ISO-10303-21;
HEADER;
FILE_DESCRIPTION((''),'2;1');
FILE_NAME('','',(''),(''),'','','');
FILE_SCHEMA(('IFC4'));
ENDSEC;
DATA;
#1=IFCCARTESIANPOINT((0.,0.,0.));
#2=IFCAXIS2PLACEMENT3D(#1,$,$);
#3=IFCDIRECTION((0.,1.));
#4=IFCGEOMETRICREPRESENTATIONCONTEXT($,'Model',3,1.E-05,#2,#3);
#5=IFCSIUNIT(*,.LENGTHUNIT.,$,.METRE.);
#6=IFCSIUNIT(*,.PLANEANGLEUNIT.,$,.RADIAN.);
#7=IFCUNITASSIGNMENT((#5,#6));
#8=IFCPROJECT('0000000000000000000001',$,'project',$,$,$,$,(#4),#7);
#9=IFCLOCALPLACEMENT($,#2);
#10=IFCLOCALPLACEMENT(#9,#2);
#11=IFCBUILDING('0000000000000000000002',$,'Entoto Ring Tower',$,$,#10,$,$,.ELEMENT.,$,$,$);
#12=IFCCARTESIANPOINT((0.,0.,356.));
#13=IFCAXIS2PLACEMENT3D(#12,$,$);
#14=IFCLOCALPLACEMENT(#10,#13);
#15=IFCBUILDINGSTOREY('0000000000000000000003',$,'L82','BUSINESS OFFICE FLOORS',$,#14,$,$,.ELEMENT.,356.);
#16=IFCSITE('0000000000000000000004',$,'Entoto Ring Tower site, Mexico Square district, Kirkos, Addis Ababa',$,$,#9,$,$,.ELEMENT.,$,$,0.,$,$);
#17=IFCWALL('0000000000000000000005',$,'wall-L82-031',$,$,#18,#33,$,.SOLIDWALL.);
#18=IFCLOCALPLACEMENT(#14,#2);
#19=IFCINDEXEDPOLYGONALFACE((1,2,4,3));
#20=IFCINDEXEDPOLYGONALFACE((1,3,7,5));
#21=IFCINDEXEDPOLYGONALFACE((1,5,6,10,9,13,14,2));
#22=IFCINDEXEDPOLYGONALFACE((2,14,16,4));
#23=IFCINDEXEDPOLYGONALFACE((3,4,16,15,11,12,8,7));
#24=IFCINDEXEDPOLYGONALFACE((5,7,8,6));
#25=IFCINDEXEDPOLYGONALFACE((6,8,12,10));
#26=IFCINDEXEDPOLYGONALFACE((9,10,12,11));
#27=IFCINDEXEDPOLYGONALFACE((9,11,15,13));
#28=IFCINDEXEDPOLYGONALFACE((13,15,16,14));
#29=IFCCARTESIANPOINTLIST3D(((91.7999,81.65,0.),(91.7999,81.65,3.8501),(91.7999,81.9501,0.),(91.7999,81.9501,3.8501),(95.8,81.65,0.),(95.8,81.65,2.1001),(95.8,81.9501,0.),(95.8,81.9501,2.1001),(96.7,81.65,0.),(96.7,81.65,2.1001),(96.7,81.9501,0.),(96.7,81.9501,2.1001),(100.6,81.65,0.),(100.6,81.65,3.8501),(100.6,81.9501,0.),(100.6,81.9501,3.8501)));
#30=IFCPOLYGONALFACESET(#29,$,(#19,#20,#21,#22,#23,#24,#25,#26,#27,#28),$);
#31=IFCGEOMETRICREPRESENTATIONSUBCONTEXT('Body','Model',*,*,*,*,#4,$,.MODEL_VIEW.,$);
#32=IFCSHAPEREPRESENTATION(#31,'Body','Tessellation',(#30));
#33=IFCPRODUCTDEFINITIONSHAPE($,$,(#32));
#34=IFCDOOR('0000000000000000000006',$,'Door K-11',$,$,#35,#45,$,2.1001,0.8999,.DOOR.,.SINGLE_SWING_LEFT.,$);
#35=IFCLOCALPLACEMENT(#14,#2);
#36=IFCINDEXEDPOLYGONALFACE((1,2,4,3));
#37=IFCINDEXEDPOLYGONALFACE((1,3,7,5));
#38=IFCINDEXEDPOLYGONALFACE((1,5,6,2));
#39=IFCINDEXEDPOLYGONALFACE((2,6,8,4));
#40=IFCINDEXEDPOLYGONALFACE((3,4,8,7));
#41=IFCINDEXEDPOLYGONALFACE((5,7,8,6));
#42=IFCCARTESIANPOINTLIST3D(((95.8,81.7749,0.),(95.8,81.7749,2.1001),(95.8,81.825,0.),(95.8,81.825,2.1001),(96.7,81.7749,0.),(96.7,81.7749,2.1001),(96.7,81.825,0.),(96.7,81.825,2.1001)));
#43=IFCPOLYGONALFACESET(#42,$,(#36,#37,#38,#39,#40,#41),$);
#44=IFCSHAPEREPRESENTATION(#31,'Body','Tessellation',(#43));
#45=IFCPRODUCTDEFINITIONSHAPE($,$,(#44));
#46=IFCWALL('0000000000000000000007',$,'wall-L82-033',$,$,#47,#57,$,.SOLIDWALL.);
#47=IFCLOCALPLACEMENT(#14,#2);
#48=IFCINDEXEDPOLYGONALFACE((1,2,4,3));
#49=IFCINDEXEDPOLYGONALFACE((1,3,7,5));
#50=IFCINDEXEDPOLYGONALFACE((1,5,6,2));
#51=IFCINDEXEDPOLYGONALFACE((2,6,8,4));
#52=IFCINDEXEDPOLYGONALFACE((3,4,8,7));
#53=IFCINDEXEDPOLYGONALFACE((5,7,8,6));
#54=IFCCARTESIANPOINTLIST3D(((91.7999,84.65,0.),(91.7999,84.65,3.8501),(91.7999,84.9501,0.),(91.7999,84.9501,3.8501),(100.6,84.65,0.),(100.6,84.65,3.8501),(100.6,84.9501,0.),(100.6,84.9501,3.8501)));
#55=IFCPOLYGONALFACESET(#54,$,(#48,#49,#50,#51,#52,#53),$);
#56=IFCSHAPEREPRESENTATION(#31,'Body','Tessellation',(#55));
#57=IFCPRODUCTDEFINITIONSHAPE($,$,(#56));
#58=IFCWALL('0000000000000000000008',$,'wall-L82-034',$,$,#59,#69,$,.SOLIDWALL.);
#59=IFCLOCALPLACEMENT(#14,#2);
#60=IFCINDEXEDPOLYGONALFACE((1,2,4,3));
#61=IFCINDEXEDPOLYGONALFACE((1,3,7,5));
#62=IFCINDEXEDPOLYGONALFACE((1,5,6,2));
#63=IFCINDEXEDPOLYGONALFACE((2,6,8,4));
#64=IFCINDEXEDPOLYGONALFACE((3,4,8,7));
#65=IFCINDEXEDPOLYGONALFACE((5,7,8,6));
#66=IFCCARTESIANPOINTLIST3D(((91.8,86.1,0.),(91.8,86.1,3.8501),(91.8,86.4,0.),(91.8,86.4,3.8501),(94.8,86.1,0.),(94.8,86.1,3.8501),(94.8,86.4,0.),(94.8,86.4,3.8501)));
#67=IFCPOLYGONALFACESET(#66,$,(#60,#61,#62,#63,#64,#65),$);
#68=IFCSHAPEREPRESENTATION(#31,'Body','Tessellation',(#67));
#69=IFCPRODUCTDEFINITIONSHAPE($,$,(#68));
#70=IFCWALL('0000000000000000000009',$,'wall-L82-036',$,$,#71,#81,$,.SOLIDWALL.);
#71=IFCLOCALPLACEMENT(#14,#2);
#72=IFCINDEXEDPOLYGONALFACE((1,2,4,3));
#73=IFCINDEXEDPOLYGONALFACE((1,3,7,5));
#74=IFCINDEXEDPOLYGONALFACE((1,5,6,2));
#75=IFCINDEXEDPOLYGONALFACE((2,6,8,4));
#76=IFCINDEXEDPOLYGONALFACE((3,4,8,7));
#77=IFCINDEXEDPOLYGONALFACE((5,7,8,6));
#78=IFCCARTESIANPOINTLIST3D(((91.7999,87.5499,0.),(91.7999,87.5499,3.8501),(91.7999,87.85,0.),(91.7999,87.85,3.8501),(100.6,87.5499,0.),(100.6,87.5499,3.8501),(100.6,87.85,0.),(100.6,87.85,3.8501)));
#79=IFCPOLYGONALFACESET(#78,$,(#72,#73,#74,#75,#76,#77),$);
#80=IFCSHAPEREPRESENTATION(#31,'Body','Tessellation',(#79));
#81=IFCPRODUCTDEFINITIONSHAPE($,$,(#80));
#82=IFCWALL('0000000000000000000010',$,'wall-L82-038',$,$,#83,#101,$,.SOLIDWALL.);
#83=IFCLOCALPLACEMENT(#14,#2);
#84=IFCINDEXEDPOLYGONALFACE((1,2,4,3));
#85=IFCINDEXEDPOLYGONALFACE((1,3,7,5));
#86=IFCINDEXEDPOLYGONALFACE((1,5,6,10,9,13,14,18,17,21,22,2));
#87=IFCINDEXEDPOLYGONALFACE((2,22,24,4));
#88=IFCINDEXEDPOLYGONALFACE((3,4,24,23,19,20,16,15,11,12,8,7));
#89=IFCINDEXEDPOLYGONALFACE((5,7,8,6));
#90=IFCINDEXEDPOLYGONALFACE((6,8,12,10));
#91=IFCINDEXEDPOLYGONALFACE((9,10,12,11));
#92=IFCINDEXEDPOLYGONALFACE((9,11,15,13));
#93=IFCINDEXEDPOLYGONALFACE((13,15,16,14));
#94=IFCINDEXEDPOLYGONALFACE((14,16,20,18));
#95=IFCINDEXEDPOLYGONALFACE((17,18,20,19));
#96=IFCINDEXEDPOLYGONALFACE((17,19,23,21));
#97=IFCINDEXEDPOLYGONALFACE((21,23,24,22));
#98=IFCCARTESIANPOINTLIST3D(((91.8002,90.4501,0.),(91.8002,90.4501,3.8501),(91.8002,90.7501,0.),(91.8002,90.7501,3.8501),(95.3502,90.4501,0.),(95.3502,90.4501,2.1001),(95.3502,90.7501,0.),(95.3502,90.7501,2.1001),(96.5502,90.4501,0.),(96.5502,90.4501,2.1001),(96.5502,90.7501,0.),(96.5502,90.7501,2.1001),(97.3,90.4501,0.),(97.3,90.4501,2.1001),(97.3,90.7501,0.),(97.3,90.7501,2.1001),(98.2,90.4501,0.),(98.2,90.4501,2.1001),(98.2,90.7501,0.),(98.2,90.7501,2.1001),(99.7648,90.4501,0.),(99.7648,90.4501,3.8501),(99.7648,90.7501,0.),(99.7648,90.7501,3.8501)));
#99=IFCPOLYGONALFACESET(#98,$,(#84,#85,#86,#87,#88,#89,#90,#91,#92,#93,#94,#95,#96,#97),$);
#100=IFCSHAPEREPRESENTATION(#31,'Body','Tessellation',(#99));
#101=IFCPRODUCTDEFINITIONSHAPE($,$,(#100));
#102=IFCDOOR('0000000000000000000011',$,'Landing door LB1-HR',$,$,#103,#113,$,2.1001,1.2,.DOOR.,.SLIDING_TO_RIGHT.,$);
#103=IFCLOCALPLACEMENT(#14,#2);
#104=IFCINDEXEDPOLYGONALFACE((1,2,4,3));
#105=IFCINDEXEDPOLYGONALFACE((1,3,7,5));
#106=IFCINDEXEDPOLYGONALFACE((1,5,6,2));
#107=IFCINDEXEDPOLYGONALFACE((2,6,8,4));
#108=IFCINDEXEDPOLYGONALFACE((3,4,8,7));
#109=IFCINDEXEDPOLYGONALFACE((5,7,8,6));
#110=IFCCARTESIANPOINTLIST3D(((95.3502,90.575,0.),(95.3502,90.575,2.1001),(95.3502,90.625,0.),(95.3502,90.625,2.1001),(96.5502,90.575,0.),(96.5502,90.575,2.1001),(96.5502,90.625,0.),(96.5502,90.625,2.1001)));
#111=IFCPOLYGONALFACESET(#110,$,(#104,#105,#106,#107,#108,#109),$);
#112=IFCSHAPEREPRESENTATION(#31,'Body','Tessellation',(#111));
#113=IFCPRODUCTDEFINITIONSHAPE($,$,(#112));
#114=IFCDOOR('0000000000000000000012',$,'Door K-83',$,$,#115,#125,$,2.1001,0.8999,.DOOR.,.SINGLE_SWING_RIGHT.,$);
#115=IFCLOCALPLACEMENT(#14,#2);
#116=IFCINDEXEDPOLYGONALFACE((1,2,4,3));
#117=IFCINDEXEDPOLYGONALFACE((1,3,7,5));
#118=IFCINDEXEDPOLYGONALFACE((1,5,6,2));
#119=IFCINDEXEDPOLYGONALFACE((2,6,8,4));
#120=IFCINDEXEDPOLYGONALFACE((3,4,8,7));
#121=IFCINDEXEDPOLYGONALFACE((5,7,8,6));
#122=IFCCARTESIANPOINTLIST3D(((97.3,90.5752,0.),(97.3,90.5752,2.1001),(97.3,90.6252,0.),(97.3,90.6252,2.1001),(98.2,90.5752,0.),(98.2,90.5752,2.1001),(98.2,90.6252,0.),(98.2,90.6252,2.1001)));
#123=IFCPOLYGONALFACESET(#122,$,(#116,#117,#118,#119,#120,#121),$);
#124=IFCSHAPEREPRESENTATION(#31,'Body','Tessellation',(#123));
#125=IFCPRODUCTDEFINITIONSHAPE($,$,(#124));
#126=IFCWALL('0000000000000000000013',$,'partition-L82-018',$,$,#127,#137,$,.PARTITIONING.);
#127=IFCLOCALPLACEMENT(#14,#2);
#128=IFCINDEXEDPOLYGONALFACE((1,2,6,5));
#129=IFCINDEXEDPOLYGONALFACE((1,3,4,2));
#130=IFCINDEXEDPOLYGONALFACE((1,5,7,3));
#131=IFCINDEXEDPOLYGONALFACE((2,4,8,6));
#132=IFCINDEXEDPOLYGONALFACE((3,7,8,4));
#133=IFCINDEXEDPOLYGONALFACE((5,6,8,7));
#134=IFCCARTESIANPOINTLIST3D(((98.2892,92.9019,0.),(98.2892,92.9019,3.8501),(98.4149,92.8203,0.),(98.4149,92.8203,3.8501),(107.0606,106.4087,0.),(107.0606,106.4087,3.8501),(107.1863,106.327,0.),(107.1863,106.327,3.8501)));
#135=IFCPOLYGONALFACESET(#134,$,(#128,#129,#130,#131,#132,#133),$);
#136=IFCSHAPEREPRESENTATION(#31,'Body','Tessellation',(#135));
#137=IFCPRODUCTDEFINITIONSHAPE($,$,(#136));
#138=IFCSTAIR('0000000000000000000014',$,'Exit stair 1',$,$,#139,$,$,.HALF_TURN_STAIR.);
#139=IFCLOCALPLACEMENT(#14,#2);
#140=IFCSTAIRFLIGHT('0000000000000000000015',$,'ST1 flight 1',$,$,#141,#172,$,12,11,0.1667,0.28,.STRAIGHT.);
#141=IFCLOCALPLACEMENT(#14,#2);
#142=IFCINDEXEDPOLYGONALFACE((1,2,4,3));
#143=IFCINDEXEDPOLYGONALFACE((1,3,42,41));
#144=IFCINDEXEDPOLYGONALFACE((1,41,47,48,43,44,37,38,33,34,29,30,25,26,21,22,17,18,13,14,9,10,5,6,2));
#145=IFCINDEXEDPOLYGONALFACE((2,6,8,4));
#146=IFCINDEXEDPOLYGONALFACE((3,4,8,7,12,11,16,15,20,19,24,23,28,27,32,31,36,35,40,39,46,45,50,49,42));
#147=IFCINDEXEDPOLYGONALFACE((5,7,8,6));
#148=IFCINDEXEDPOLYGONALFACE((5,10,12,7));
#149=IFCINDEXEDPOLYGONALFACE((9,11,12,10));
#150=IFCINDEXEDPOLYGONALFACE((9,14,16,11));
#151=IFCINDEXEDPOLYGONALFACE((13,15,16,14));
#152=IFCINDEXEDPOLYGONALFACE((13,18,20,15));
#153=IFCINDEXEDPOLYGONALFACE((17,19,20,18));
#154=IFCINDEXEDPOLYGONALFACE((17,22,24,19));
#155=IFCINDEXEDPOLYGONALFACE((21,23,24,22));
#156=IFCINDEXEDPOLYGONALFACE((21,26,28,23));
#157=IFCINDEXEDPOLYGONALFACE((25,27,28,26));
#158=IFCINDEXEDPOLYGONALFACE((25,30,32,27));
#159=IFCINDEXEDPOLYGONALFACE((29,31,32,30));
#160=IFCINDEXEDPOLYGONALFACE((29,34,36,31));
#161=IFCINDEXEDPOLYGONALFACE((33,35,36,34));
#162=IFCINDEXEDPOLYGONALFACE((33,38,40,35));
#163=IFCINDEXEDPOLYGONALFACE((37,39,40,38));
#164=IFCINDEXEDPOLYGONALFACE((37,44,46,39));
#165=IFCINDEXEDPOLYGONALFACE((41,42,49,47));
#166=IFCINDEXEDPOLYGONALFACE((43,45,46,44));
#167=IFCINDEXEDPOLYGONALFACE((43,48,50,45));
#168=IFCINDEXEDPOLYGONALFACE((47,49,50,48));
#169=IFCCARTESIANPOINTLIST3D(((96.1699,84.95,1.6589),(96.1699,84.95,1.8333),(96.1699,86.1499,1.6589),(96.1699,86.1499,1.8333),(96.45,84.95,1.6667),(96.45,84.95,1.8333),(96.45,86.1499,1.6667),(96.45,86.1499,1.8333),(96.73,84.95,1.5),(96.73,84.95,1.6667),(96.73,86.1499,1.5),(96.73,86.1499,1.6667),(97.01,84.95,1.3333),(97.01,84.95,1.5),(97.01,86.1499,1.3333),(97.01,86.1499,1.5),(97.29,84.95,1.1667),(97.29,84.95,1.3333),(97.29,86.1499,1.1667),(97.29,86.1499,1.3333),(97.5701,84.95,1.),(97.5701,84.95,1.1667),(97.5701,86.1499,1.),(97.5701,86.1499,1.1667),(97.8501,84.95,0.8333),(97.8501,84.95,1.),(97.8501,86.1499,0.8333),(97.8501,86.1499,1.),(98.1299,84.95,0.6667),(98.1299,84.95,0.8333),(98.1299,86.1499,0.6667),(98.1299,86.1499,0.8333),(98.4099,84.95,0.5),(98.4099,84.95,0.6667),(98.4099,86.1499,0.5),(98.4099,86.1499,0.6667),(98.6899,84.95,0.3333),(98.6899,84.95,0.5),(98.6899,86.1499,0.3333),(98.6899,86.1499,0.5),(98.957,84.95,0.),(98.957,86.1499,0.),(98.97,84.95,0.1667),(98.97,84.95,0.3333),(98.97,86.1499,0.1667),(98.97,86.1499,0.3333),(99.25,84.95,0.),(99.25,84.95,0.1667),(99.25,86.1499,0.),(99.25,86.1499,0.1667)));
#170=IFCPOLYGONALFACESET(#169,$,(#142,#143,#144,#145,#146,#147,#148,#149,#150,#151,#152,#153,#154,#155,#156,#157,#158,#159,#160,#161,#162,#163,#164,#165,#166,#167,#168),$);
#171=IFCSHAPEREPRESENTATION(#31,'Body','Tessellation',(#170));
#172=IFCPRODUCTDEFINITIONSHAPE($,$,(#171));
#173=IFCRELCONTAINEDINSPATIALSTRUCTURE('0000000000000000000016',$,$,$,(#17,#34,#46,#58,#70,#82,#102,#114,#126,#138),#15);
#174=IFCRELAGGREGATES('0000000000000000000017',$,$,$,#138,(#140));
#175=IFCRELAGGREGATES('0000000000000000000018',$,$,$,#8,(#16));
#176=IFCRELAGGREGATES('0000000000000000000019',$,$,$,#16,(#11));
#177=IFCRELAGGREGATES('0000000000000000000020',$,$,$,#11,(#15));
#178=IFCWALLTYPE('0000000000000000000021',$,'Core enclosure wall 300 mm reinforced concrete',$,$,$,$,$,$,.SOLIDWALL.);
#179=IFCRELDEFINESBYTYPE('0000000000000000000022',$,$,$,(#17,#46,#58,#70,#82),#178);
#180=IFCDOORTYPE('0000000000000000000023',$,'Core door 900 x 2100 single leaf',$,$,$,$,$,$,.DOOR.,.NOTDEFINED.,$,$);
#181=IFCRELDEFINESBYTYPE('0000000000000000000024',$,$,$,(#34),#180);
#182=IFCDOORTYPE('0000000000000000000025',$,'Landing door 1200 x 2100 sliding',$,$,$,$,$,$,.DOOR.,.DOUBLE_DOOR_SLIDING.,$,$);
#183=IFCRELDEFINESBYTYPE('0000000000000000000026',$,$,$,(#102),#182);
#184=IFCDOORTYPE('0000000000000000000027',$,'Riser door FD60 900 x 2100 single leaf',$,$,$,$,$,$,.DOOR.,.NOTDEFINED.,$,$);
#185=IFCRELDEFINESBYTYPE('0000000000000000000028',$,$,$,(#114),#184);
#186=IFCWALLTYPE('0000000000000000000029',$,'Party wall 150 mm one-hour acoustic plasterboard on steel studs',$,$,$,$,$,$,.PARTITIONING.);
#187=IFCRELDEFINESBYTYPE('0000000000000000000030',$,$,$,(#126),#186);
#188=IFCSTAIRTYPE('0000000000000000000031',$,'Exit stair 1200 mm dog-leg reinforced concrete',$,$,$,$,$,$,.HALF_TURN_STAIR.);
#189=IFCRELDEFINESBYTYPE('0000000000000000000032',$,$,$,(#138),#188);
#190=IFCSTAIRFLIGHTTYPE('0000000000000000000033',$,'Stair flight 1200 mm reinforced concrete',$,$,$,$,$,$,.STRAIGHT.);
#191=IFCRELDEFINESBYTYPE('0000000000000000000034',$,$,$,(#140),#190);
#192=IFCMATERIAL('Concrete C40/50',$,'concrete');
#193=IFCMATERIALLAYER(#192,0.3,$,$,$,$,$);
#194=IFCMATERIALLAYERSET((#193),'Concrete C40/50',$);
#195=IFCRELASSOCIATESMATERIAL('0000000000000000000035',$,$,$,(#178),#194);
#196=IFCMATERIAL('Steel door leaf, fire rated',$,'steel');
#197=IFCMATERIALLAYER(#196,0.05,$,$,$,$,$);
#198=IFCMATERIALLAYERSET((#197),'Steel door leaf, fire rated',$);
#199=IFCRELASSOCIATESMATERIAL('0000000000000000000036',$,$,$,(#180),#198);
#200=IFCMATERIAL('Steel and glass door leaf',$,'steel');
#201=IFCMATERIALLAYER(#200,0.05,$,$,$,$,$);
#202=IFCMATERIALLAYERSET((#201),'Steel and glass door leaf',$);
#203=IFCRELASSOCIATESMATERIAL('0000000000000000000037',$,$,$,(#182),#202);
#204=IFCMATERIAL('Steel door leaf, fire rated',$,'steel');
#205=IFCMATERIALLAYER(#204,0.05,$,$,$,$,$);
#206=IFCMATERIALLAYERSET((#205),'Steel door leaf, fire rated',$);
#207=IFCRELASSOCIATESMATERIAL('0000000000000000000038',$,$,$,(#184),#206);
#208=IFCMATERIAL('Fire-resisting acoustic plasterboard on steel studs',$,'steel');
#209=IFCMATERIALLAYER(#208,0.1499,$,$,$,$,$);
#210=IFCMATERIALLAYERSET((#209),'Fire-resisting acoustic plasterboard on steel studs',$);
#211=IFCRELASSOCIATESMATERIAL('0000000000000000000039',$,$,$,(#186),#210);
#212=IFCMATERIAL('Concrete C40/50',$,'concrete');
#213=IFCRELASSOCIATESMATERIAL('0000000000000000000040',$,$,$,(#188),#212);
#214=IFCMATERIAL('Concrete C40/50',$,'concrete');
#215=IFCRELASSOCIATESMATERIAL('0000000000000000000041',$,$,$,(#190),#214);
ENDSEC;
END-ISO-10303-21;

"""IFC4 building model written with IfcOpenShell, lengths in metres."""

from ifc_helpers import new_model, si_unit, direction, frame, frame_2d, origin, place, context, subcontext, project, spatial, polyline, rectangle, outline, extrude, material, layer, layer_set, type_object, element, fill, aggregate, save


model = new_model("IFC4")

# Units and contexts
model_context = context("Model", 3, precision=1e-05, world=origin(), true_north=direction((0.0, 1.0)))
body_context = subcontext(model_context, "Body", "Model", "MODEL_VIEW")
ifc_project = project(units=[si_unit("LENGTHUNIT", "METRE"), si_unit("PLANEANGLEUNIT", "RADIAN")], contexts=[model_context])

# Site, building, storey
site_placement = place(None, origin())
site = spatial("IfcSite", under=ifc_project, at=site_placement, Name="Entoto Ring Tower site, Mexico Square district, Kirkos, Addis Ababa", CompositionType="ELEMENT", RefElevation=0.0)
building_placement = place(site_placement, origin())
building = spatial("IfcBuilding", under=site, at=building_placement, Name="Entoto Ring Tower", CompositionType="ELEMENT")
storey_placement = place(building_placement, frame((0.0, 0.0, 356.0)))
storey = spatial("IfcBuildingStorey", under=building, at=storey_placement, Name="L82", Description="BUSINESS OFFICE FLOORS", CompositionType="ELEMENT", Elevation=356.0)

# Shared definitions
ifc_material_1 = material(Name="Concrete C40/50", Category="concrete")
ifc_layer_1 = layer(ifc_material_1, 0.3)
ifc_layer_set_1 = layer_set([ifc_layer_1], Name="Concrete C40/50")
wall_type_1 = type_object("IfcWallType", Name="Core enclosure wall 300 mm reinforced concrete", PredefinedType="SOLIDWALL", material=ifc_layer_set_1)

# Shared definitions
ifc_material_2 = material(Name="Steel door leaf, fire rated", Category="steel")
ifc_layer_2 = layer(ifc_material_2, 0.05)
ifc_layer_set_2 = layer_set([ifc_layer_2], Name="Steel door leaf, fire rated")
door_type_1 = type_object("IfcDoorType", Name="Core door 900 x 2100 single leaf", OperationType="NOTDEFINED", PredefinedType="DOOR", material=ifc_layer_set_2)
ifc_material_3 = material(Name="Steel and glass door leaf", Category="steel")
ifc_layer_3 = layer(ifc_material_3, 0.05)
ifc_layer_set_3 = layer_set([ifc_layer_3], Name="Steel and glass door leaf")
door_type_2 = type_object("IfcDoorType", Name="Landing door 1200 x 2100 sliding", OperationType="DOUBLE_DOOR_SLIDING", PredefinedType="DOOR", material=ifc_layer_set_3)

# Wall, opening, door
wall_1_placement = place(storey_placement, frame((91.8, 81.8, 0.0), z_axis=(0.0, 0.0, 1.0), x_axis=(1.0, 0.0, 0.0)))
wall_1 = element("IfcWall", 1, at=wall_1_placement, inside=storey, type_object=wall_type_1, Name="wall-L82-031", PredefinedType="SOLIDWALL", context=body_context, shape_type="SweptSolid", body=[
    extrude(rectangle(XDim=8.8, YDim=0.3, at=frame_2d((4.3999, 0.0))), origin(), (0.0, 0.0, 1.0), 3.8501),
])
opening_1_placement = place(wall_1_placement, frame((4.0, 0.0, 0.0)))
opening_1 = element("IfcOpeningElement", 2, at=opening_1_placement, cuts=wall_1, PredefinedType="OPENING", context=body_context, shape_type="SweptSolid", body=[
    extrude(rectangle(XDim=0.8999, YDim=2.1001, at=frame_2d((0.45, 1.05))), frame((0.0, 0.1602, 0.0), z_axis=(0.0, -1.0, 0.0), x_axis=(1.0, 0.0, 0.0)), (0.0, 0.0, 1.0), 0.3201),
])
door_1_placement = place(opening_1_placement, origin())
door_1 = element("IfcDoor", 3, at=door_1_placement, inside=storey, type_object=door_type_1, Name="Door K-11", OperationType="SINGLE_SWING_LEFT", OverallHeight=2.1001, OverallWidth=0.8999, PredefinedType="DOOR", context=body_context, shape_type="SweptSolid", body=[
    extrude(rectangle(XDim=0.8999, YDim=2.1001, at=frame_2d((0.45, 1.05))), frame((0.0, 0.0249, 0.0), z_axis=(0.0, -1.0, 0.0), x_axis=(1.0, 0.0, 0.0)), (0.0, 0.0, 1.0), 0.05),
])
fill(opening_1, door_1)

# Walls
wall_2_placement = place(storey_placement, frame((91.8, 84.8, 0.0), z_axis=(0.0, 0.0, 1.0), x_axis=(1.0, 0.0, 0.0)))
element("IfcWall", 4, at=wall_2_placement, inside=storey, type_object=wall_type_1, Name="wall-L82-033", PredefinedType="SOLIDWALL", context=body_context, shape_type="SweptSolid", body=[
    extrude(rectangle(XDim=8.8, YDim=0.3, at=frame_2d((4.3999, 0.0))), origin(), (0.0, 0.0, 1.0), 3.8501),
])
wall_3_placement = place(storey_placement, frame((91.8, 86.25, 0.0), z_axis=(0.0, 0.0, 1.0), x_axis=(1.0, 0.0, 0.0)))
element("IfcWall", 5, at=wall_3_placement, inside=storey, type_object=wall_type_1, Name="wall-L82-034", PredefinedType="SOLIDWALL", context=body_context, shape_type="SweptSolid", body=[
    extrude(rectangle(XDim=3.0, YDim=0.3, at=frame_2d((1.5, 0.0))), origin(), (0.0, 0.0, 1.0), 3.8501),
])
wall_4_placement = place(storey_placement, frame((91.8, 87.7, 0.0), z_axis=(0.0, 0.0, 1.0), x_axis=(1.0, 0.0, 0.0)))
element("IfcWall", 6, at=wall_4_placement, inside=storey, type_object=wall_type_1, Name="wall-L82-036", PredefinedType="SOLIDWALL", context=body_context, shape_type="SweptSolid", body=[
    extrude(rectangle(XDim=8.8, YDim=0.3, at=frame_2d((4.3999, 0.0))), origin(), (0.0, 0.0, 1.0), 3.8501),
])

# Wall, openings, doors
wall_5_placement = place(storey_placement, frame((91.8, 90.6001, 0.0), z_axis=(0.0, 0.0, 1.0), x_axis=(1.0, 0.0, 0.0)))
wall_5 = element("IfcWall", 7, at=wall_5_placement, inside=storey, type_object=wall_type_1, Name="wall-L82-038", PredefinedType="SOLIDWALL", context=body_context, shape_type="SweptSolid", body=[
    extrude(rectangle(XDim=7.9646, YDim=0.3, at=frame_2d((3.9824, 0.0))), origin(), (0.0, 0.0, 1.0), 3.8501),
])
opening_2_placement = place(wall_5_placement, frame((3.55, 0.0, 0.0)))
opening_2 = element("IfcOpeningElement", 8, at=opening_2_placement, cuts=wall_5, PredefinedType="OPENING", context=body_context, shape_type="SweptSolid", body=[
    extrude(rectangle(XDim=1.2, YDim=2.1001, at=frame_2d((0.6001, 1.05))), frame((0.0, 0.1602, 0.0), z_axis=(0.0, -1.0, 0.0), x_axis=(1.0, 0.0, 0.0)), (0.0, 0.0, 1.0), 0.3201),
])
opening_3_placement = place(wall_5_placement, frame((5.5, 0.0, 0.0)))
opening_3 = element("IfcOpeningElement", 9, at=opening_3_placement, cuts=wall_5, PredefinedType="OPENING", context=body_context, shape_type="SweptSolid", body=[
    extrude(rectangle(XDim=0.8999, YDim=2.1001, at=frame_2d((0.45, 1.05))), frame((0.0, 0.1602, 0.0), z_axis=(0.0, -1.0, 0.0), x_axis=(1.0, 0.0, 0.0)), (0.0, 0.0, 1.0), 0.3201),
])
door_2_placement = place(opening_2_placement, origin())
door_2 = element("IfcDoor", 10, at=door_2_placement, inside=storey, type_object=door_type_2, Name="Landing door LB1-HR", OperationType="SLIDING_TO_RIGHT", OverallHeight=2.1001, OverallWidth=1.2, PredefinedType="DOOR", context=body_context, shape_type="SweptSolid", body=[
    extrude(rectangle(XDim=1.2, YDim=2.1001, at=frame_2d((0.6001, 1.05))), frame((0.0, 0.0249, 0.0), z_axis=(0.0, -1.0, 0.0), x_axis=(1.0, 0.0, 0.0)), (0.0, 0.0, 1.0), 0.05),
])
fill(opening_2, door_2)
ifc_material_4 = material(Name="Steel door leaf, fire rated", Category="steel")
ifc_layer_4 = layer(ifc_material_4, 0.05)
ifc_layer_set_4 = layer_set([ifc_layer_4], Name="Steel door leaf, fire rated")
door_type_3 = type_object("IfcDoorType", Name="Riser door FD60 900 x 2100 single leaf", OperationType="NOTDEFINED", PredefinedType="DOOR", material=ifc_layer_set_4)
door_3_placement = place(opening_3_placement, frame((0.8999, 0.0, 0.0), z_axis=(0.0, 0.0, 1.0), x_axis=(-1.0, 0.0, 0.0)))
door_3 = element("IfcDoor", 11, at=door_3_placement, inside=storey, type_object=door_type_3, Name="Door K-83", OperationType="SINGLE_SWING_RIGHT", OverallHeight=2.1001, OverallWidth=0.8999, PredefinedType="DOOR", context=body_context, shape_type="SweptSolid", body=[
    extrude(rectangle(XDim=0.8999, YDim=2.1001, at=frame_2d((0.45, 1.05))), frame((0.0, 0.0249, 0.0), z_axis=(0.0, -1.0, 0.0), x_axis=(1.0, 0.0, 0.0)), (0.0, 0.0, 1.0), 0.05),
])
fill(opening_3, door_3)

# Wall
ifc_material_5 = material(Name="Fire-resisting acoustic plasterboard on steel studs", Category="steel")
ifc_layer_5 = layer(ifc_material_5, 0.1499)
ifc_layer_set_5 = layer_set([ifc_layer_5], Name="Fire-resisting acoustic plasterboard on steel studs")
wall_type_2 = type_object("IfcWallType", Name="Party wall 150 mm one-hour acoustic plasterboard on steel studs", PredefinedType="PARTITIONING", material=ifc_layer_set_5)
wall_6_placement = place(storey_placement, frame((98.3521, 92.8611, 0.0), z_axis=(0.0, 0.0, 1.0), x_axis=(0.544641, 0.838669, 0.0)))
element("IfcWall", 12, at=wall_6_placement, inside=storey, type_object=wall_type_2, Name="partition-L82-018", PredefinedType="PARTITIONING", context=body_context, shape_type="SweptSolid", body=[
    extrude(rectangle(XDim=16.105, YDim=0.1499, at=frame_2d((8.0525, 0.0))), origin(), (0.0, 0.0, 1.0), 3.8501),
])

# Stair, stair flight
ifc_material_6 = material(Name="Concrete C40/50", Category="concrete")
stair_type = type_object("IfcStairType", Name="Exit stair 1200 mm dog-leg reinforced concrete", PredefinedType="HALF_TURN_STAIR", material=ifc_material_6)
stair_placement = place(storey_placement, origin())
stair = element("IfcStair", 13, at=stair_placement, inside=storey, type_object=stair_type, Name="Exit stair 1", PredefinedType="HALF_TURN_STAIR")
ifc_material_7 = material(Name="Concrete C40/50", Category="concrete")
stair_flight_type = type_object("IfcStairFlightType", Name="Stair flight 1200 mm reinforced concrete", PredefinedType="STRAIGHT", material=ifc_material_7)
stair_flight_1_placement = place(storey_placement, frame((99.25, 85.55, 0.0), z_axis=(0.0, 0.0, 1.0), x_axis=(-1.0, 0.0, 0.0)))
stair_flight_1 = element("IfcStairFlight", 14, at=stair_flight_1_placement, type_object=stair_flight_type, Name="ST1 flight 1", NumberOfRisers=12, NumberOfTreads=11, PredefinedType="STRAIGHT", RiserHeight=0.1667, TreadLength=0.28, context=body_context, shape_type="SweptSolid", body=[
    extrude(outline(polyline([(0.0, 0.0), (0.0, 0.1667), (0.28, 0.1667), (0.28, 0.3333), (0.5601, 0.3333), (0.5601, 0.5), (0.8401, 0.5), (0.8401, 0.6667), (1.1201, 0.6667), (1.1201, 0.8333), (1.3999, 0.8333), (1.3999, 1.0), (1.6799, 1.0), (1.6799, 1.1667), (1.96, 1.1667), (1.96, 1.3333), (2.24, 1.3333), (2.24, 1.5), (2.52, 1.5), (2.52, 1.6667), (2.8, 1.6667), (2.8, 1.8333), (3.0801, 1.8333), (3.0801, 2.0), (3.0801, 1.6589), (0.293, 0.0), (0.0, 0.0)])), frame((0.0, 0.6001, 0.0), z_axis=(0.0, -1.0, 0.0), x_axis=(1.0, 0.0, 0.0)), (0.0, 0.0, 1.0), 1.2),
])
aggregate(stair, [stair_flight_1])

save(model, "model.ifc")
